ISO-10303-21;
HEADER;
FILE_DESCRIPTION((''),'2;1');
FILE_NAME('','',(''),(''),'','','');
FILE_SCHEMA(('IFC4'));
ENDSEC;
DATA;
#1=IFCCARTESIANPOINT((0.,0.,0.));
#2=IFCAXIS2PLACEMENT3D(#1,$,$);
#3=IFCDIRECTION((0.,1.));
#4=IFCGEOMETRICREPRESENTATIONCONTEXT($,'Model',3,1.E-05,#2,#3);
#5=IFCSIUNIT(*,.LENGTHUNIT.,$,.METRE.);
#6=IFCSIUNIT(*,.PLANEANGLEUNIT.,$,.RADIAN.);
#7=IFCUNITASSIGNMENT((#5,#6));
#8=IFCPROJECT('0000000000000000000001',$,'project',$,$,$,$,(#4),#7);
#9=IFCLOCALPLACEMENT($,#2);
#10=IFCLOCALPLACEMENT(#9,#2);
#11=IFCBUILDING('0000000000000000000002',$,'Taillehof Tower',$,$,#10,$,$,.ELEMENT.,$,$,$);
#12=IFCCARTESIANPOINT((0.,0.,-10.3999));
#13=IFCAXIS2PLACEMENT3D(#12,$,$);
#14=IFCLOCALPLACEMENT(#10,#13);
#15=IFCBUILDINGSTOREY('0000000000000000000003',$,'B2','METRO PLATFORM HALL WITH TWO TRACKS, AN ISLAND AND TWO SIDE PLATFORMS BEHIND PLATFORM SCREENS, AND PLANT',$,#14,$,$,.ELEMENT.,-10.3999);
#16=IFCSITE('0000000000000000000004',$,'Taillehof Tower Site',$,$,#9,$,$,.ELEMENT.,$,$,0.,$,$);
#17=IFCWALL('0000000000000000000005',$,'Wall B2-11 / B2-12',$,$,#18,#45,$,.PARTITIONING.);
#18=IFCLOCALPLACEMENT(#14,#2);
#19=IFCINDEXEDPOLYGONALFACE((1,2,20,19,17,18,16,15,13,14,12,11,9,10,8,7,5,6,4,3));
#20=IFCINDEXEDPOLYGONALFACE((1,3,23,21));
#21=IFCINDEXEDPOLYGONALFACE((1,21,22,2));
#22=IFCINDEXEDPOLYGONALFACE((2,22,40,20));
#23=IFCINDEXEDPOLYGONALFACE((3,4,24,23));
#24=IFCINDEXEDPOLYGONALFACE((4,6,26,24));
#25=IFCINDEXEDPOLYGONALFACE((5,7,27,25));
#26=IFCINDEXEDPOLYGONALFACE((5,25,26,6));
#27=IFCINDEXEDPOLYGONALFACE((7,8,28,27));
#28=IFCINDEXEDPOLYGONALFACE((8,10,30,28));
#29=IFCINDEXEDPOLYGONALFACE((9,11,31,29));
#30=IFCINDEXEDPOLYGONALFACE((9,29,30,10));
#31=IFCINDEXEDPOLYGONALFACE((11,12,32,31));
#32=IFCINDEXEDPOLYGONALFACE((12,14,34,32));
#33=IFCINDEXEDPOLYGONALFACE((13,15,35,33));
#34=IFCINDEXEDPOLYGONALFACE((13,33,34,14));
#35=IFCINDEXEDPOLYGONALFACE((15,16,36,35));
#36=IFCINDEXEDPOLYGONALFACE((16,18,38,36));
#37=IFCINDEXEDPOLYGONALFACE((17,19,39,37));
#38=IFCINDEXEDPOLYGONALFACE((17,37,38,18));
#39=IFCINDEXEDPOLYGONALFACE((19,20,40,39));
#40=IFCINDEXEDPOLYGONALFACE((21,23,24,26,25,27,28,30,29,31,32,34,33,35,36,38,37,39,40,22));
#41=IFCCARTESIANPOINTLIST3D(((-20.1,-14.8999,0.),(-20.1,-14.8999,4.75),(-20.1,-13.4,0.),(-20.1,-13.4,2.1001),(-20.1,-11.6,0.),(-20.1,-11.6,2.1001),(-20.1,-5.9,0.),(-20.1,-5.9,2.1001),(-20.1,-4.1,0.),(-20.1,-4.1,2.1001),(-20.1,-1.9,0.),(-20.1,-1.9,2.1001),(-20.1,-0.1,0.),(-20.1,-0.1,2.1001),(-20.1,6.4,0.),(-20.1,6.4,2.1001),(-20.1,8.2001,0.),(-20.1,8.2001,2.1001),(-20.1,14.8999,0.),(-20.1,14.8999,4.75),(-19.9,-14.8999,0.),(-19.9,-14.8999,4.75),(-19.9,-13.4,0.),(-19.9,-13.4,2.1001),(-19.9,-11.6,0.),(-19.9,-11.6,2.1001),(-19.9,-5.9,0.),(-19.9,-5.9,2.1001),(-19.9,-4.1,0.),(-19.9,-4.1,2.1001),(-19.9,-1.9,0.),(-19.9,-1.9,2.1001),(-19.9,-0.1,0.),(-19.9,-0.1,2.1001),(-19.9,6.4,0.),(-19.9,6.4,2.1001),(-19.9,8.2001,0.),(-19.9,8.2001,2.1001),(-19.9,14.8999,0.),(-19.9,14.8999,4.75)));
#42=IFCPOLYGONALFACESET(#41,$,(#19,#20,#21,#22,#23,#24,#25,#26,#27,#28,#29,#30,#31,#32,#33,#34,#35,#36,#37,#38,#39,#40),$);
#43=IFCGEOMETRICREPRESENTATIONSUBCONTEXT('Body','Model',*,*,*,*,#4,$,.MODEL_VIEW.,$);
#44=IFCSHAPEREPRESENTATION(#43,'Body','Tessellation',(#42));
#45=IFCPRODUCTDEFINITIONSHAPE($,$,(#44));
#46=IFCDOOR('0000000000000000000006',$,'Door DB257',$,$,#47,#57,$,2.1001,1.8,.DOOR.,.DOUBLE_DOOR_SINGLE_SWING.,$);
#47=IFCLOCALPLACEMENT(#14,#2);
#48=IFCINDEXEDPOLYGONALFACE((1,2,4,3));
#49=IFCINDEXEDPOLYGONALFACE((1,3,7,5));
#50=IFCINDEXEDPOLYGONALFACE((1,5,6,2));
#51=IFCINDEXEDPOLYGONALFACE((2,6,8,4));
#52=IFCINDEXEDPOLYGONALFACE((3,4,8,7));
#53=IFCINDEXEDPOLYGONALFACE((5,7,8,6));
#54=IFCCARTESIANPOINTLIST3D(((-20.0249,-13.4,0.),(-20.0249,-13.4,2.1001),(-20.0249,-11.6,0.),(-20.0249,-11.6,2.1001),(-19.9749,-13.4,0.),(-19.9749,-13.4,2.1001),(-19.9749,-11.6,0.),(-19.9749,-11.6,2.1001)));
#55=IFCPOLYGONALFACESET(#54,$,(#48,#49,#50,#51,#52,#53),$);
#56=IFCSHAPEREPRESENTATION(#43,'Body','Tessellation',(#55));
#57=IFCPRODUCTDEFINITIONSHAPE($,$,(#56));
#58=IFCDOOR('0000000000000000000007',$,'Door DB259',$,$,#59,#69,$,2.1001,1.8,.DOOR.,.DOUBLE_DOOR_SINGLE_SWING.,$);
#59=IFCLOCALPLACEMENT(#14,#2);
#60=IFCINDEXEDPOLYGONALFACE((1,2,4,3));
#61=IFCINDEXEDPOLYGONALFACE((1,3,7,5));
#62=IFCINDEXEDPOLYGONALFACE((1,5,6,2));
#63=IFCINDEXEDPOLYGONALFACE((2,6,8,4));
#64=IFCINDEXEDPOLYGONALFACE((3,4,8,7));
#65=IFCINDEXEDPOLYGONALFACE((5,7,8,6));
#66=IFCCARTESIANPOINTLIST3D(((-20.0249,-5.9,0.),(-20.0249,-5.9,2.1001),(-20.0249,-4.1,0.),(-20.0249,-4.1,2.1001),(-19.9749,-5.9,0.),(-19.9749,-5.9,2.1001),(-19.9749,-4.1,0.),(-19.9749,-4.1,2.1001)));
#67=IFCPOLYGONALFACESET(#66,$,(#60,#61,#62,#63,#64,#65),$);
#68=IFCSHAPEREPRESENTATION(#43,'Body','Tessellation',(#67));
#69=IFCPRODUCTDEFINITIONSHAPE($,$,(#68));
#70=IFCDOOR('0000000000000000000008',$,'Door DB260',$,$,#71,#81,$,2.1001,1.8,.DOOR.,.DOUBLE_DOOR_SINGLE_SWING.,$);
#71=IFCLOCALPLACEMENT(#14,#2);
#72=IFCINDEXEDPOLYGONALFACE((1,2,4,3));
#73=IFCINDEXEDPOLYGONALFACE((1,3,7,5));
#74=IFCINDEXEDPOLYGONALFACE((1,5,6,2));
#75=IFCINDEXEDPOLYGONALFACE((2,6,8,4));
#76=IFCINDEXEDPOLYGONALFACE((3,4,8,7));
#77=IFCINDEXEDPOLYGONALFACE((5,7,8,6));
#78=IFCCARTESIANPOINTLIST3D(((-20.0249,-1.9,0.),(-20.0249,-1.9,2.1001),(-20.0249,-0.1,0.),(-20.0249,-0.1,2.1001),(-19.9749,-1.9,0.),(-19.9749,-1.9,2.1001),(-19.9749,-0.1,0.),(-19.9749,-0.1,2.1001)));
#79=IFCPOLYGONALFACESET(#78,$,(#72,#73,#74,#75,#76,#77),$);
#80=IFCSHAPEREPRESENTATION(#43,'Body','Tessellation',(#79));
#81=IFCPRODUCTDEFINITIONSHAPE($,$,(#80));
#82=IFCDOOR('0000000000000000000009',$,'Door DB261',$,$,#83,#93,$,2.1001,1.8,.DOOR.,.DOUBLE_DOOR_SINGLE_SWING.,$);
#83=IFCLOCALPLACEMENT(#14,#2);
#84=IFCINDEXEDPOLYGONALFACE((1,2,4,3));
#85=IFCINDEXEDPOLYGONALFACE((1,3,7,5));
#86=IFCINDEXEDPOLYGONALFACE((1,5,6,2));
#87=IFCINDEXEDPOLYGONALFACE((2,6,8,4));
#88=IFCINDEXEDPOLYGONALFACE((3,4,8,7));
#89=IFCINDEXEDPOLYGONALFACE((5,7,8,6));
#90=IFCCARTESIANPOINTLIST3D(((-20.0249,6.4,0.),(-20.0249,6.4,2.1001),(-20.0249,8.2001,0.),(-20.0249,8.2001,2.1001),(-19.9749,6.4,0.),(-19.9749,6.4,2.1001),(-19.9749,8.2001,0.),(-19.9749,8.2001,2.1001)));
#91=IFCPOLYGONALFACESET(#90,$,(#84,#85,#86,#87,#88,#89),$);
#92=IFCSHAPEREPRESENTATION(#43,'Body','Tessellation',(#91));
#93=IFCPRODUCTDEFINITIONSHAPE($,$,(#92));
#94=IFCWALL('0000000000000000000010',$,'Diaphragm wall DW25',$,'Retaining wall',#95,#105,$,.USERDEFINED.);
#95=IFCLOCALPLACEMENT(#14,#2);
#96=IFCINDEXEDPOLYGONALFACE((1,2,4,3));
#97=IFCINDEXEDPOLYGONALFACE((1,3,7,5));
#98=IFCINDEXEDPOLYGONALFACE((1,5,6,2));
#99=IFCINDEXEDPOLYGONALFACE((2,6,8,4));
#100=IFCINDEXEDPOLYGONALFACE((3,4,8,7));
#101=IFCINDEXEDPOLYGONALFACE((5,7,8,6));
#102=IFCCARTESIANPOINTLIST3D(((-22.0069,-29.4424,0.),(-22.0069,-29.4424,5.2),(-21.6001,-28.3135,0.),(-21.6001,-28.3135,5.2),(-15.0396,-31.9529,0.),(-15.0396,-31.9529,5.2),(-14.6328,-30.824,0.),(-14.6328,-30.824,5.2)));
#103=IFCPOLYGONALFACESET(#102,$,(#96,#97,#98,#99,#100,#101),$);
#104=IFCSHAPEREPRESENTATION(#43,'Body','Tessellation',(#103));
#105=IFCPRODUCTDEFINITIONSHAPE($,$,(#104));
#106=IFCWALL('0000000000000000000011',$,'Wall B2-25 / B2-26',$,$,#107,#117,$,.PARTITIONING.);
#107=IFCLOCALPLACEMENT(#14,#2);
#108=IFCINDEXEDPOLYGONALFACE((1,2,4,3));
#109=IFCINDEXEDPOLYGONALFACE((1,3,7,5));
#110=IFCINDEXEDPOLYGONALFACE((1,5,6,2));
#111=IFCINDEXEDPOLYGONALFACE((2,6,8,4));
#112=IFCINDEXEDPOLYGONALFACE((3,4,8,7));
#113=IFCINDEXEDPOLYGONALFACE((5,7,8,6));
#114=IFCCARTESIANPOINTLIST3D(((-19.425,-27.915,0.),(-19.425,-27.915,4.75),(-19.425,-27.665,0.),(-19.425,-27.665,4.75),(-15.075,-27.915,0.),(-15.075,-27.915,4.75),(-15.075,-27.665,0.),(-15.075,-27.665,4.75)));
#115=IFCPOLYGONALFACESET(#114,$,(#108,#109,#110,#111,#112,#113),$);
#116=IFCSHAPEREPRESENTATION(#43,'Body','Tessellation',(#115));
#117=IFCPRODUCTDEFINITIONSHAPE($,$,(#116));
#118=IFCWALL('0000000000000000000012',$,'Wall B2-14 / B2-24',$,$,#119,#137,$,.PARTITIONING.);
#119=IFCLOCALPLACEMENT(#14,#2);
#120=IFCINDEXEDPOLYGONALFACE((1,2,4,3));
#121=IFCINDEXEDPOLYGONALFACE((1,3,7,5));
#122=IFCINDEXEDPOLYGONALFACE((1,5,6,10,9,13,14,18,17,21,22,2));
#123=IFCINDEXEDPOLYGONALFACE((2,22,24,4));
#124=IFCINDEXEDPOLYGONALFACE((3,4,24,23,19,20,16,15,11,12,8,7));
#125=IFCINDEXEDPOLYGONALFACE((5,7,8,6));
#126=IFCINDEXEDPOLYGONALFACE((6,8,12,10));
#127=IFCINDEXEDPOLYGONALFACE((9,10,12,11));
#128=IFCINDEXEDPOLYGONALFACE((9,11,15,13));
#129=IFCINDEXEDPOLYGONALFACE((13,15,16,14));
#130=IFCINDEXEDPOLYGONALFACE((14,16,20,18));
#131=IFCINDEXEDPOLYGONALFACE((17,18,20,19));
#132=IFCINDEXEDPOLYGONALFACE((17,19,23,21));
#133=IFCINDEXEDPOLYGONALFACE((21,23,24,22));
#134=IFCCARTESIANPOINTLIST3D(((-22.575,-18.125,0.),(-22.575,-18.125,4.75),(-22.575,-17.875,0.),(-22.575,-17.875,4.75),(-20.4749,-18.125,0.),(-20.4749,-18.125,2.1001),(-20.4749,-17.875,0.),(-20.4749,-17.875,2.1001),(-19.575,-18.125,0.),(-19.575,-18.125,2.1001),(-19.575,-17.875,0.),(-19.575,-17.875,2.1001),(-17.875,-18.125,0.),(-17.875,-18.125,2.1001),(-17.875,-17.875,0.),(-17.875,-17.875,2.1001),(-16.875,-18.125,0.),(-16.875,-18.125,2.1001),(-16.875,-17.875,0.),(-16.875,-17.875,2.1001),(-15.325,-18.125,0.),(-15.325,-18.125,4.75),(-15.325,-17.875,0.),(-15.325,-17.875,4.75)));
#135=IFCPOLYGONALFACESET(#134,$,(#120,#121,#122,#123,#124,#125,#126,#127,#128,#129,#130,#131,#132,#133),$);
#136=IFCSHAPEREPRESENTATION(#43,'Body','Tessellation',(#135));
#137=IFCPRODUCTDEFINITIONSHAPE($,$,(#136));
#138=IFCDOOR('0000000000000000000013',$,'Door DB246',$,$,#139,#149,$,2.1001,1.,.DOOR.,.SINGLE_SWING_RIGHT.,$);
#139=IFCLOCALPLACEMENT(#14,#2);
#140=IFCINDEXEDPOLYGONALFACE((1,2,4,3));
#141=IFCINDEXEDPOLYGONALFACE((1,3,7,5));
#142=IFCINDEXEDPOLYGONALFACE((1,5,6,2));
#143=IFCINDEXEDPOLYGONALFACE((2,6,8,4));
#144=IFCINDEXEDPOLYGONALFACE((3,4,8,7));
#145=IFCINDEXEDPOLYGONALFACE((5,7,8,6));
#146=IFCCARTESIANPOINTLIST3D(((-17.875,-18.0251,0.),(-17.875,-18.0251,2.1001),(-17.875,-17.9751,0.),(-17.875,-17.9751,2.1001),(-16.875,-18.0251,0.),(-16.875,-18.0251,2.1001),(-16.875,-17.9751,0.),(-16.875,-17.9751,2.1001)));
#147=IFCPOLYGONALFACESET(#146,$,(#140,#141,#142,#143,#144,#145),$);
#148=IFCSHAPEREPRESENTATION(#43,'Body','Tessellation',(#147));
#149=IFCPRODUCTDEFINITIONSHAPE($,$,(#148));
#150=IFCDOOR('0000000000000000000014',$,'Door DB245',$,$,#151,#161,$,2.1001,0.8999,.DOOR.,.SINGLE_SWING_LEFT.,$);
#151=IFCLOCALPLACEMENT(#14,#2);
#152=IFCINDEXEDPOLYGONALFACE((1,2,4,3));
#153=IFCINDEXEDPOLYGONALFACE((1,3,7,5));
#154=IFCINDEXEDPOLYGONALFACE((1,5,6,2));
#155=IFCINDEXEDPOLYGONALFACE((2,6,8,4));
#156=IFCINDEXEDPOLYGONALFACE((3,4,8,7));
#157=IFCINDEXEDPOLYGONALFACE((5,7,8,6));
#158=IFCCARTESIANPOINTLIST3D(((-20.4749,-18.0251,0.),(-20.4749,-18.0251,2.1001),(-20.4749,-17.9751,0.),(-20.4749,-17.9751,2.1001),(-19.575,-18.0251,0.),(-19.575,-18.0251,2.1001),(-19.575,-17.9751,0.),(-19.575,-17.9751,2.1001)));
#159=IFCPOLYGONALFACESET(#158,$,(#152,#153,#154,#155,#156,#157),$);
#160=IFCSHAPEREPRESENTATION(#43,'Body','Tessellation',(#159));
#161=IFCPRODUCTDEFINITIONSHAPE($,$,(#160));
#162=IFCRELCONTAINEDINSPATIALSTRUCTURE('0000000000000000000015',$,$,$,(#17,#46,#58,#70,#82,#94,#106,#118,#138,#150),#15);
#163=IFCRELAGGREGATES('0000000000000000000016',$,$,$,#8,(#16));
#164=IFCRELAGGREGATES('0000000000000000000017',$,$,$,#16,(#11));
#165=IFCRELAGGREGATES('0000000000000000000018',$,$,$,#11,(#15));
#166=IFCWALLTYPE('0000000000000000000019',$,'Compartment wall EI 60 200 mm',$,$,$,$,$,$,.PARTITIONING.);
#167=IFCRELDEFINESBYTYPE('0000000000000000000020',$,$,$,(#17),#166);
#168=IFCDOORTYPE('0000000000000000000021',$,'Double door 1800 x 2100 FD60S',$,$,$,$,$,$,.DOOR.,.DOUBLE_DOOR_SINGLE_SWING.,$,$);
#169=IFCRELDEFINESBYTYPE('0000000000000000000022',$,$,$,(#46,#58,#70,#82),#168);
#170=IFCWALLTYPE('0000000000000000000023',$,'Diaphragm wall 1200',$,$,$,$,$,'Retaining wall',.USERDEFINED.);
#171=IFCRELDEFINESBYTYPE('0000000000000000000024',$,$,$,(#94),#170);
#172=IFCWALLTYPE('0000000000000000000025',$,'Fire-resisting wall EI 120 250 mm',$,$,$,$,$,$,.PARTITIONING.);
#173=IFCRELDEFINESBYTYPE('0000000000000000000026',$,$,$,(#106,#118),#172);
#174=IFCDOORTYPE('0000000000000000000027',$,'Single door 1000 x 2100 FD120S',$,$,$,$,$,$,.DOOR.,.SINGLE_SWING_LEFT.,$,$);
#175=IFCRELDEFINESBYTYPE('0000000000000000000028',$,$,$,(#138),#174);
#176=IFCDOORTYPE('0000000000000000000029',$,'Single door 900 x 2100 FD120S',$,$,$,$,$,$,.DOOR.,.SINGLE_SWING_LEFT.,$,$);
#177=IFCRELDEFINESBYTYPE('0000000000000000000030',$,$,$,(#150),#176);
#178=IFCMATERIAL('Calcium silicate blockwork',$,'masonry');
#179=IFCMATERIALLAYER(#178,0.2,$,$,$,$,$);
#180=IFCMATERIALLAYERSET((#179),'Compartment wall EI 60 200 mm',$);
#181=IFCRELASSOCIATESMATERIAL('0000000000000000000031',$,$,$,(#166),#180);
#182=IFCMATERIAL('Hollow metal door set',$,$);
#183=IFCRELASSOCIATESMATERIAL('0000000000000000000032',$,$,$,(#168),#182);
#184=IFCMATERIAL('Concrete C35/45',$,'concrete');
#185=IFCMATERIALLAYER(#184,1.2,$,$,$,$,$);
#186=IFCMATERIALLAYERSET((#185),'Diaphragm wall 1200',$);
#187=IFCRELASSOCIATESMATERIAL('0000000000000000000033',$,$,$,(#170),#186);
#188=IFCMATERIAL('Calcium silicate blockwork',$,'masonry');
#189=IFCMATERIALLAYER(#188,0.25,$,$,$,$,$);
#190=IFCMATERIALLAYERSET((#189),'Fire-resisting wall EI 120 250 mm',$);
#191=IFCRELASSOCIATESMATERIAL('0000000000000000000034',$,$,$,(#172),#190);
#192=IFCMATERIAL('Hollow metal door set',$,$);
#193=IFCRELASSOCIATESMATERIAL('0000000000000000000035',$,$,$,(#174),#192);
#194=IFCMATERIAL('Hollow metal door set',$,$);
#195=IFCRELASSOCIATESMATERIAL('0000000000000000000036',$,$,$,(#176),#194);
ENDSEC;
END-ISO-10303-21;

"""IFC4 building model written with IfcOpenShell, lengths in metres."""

from ifc_helpers import new_model, si_unit, direction, frame, frame_2d, origin, place, context, subcontext, project, spatial, rectangle, extrude, material, layer, layer_set, type_object, element, fill, save


model = new_model("IFC4")

# Units and contexts
model_context = context("Model", 3, precision=1e-05, world=origin(), true_north=direction((0.0, 1.0)))
body_context = subcontext(model_context, "Body", "Model", "MODEL_VIEW")
ifc_project = project(units=[si_unit("LENGTHUNIT", "METRE"), si_unit("PLANEANGLEUNIT", "RADIAN")], contexts=[model_context])

# Site, building, storey
site_placement = place(None, origin())
site = spatial("IfcSite", under=ifc_project, at=site_placement, Name="Taillehof Tower Site", CompositionType="ELEMENT", RefElevation=0.0)
building_placement = place(site_placement, origin())
building = spatial("IfcBuilding", under=site, at=building_placement, Name="Taillehof Tower", CompositionType="ELEMENT")
storey_placement = place(building_placement, frame((0.0, 0.0, -10.3999)))
storey = spatial("IfcBuildingStorey", under=building, at=storey_placement, Name="B2", Description="METRO PLATFORM HALL WITH TWO TRACKS, AN ISLAND AND TWO SIDE PLATFORMS BEHIND PLATFORM SCREENS, AND PLANT", CompositionType="ELEMENT", Elevation=-10.3999)

# Shared definitions
ifc_material_1 = material(Name="Calcium silicate blockwork", Category="masonry")
ifc_layer_1 = layer(ifc_material_1, 0.2)
ifc_layer_set_1 = layer_set([ifc_layer_1], Name="Compartment wall EI 60 200 mm")
wall_type_1 = type_object("IfcWallType", Name="Compartment wall EI 60 200 mm", PredefinedType="PARTITIONING", material=ifc_layer_set_1)
ifc_material_2 = material(Name="Hollow metal door set")
door_type_1 = type_object("IfcDoorType", Name="Double door 1800 x 2100 FD60S", OperationType="DOUBLE_DOOR_SINGLE_SWING", PredefinedType="DOOR", material=ifc_material_2)

# Wall, openings, doors
wall_1_placement = place(storey_placement, frame((-20.0, -14.8999, 0.0), z_axis=(0.0, 0.0, 1.0), x_axis=(0.0, 1.0, 0.0)))
wall_1 = element("IfcWall", 1, at=wall_1_placement, inside=storey, type_object=wall_type_1, Name="Wall B2-11 / B2-12", PredefinedType="PARTITIONING", context=body_context, shape_type="SweptSolid", body=[
    extrude(rectangle(XDim=29.7998, YDim=0.2, at=frame_2d((14.8999, 0.0))), origin(), (0.0, 0.0, 1.0), 4.75),
])
opening_1_placement = place(wall_1_placement, frame((1.5, 0.0, 0.0)))
opening_1 = element("IfcOpeningElement", 2, at=opening_1_placement, cuts=wall_1, PredefinedType="OPENING", context=body_context, shape_type="SweptSolid", body=[
    extrude(rectangle(XDim=1.8, YDim=2.1001, at=frame_2d((0.8999, 1.05))), frame((0.0, 0.1099, 0.0), z_axis=(0.0, -1.0, 0.0), x_axis=(1.0, 0.0, 0.0)), (0.0, 0.0, 1.0), 0.22),
])
opening_2_placement = place(wall_1_placement, frame((9.0, 0.0, 0.0)))
opening_2 = element("IfcOpeningElement", 3, at=opening_2_placement, cuts=wall_1, PredefinedType="OPENING", context=body_context, shape_type="SweptSolid", body=[
    extrude(rectangle(XDim=1.8, YDim=2.1001, at=frame_2d((0.8999, 1.05))), frame((0.0, 0.1099, 0.0), z_axis=(0.0, -1.0, 0.0), x_axis=(1.0, 0.0, 0.0)), (0.0, 0.0, 1.0), 0.22),
])
opening_3_placement = place(wall_1_placement, frame((13.0, 0.0, 0.0)))
opening_3 = element("IfcOpeningElement", 4, at=opening_3_placement, cuts=wall_1, PredefinedType="OPENING", context=body_context, shape_type="SweptSolid", body=[
    extrude(rectangle(XDim=1.8, YDim=2.1001, at=frame_2d((0.8999, 1.05))), frame((0.0, 0.1099, 0.0), z_axis=(0.0, -1.0, 0.0), x_axis=(1.0, 0.0, 0.0)), (0.0, 0.0, 1.0), 0.22),
])
opening_4_placement = place(wall_1_placement, frame((21.3, 0.0, 0.0)))
opening_4 = element("IfcOpeningElement", 5, at=opening_4_placement, cuts=wall_1, PredefinedType="OPENING", context=body_context, shape_type="SweptSolid", body=[
    extrude(rectangle(XDim=1.8, YDim=2.1001, at=frame_2d((0.8999, 1.05))), frame((0.0, 0.1099, 0.0), z_axis=(0.0, -1.0, 0.0), x_axis=(1.0, 0.0, 0.0)), (0.0, 0.0, 1.0), 0.22),
])
door_1_placement = place(opening_1_placement, origin())
door_1 = element("IfcDoor", 6, at=door_1_placement, inside=storey, type_object=door_type_1, Name="Door DB257", OperationType="DOUBLE_DOOR_SINGLE_SWING", OverallHeight=2.1001, OverallWidth=1.8, PredefinedType="DOOR", context=body_context, shape_type="SweptSolid", body=[
    extrude(rectangle(XDim=1.8, YDim=2.1001, at=frame_2d((0.8999, 1.05))), frame((0.0, 0.0249, 0.0), z_axis=(0.0, -1.0, 0.0), x_axis=(1.0, 0.0, 0.0)), (0.0, 0.0, 1.0), 0.05),
])
fill(opening_1, door_1)
door_2_placement = place(opening_2_placement, origin())
door_2 = element("IfcDoor", 7, at=door_2_placement, inside=storey, type_object=door_type_1, Name="Door DB259", OperationType="DOUBLE_DOOR_SINGLE_SWING", OverallHeight=2.1001, OverallWidth=1.8, PredefinedType="DOOR", context=body_context, shape_type="SweptSolid", body=[
    extrude(rectangle(XDim=1.8, YDim=2.1001, at=frame_2d((0.8999, 1.05))), frame((0.0, 0.0249, 0.0), z_axis=(0.0, -1.0, 0.0), x_axis=(1.0, 0.0, 0.0)), (0.0, 0.0, 1.0), 0.05),
])
fill(opening_2, door_2)
door_3_placement = place(opening_3_placement, origin())
door_3 = element("IfcDoor", 8, at=door_3_placement, inside=storey, type_object=door_type_1, Name="Door DB260", OperationType="DOUBLE_DOOR_SINGLE_SWING", OverallHeight=2.1001, OverallWidth=1.8, PredefinedType="DOOR", context=body_context, shape_type="SweptSolid", body=[
    extrude(rectangle(XDim=1.8, YDim=2.1001, at=frame_2d((0.8999, 1.05))), frame((0.0, 0.0249, 0.0), z_axis=(0.0, -1.0, 0.0), x_axis=(1.0, 0.0, 0.0)), (0.0, 0.0, 1.0), 0.05),
])
fill(opening_3, door_3)
door_4_placement = place(opening_4_placement, origin())
door_4 = element("IfcDoor", 9, at=door_4_placement, inside=storey, type_object=door_type_1, Name="Door DB261", OperationType="DOUBLE_DOOR_SINGLE_SWING", OverallHeight=2.1001, OverallWidth=1.8, PredefinedType="DOOR", context=body_context, shape_type="SweptSolid", body=[
    extrude(rectangle(XDim=1.8, YDim=2.1001, at=frame_2d((0.8999, 1.05))), frame((0.0, 0.0249, 0.0), z_axis=(0.0, -1.0, 0.0), x_axis=(1.0, 0.0, 0.0)), (0.0, 0.0, 1.0), 0.05),
])
fill(opening_4, door_4)

# Walls
ifc_material_3 = material(Name="Concrete C35/45", Category="concrete")
ifc_layer_2 = layer(ifc_material_3, 1.2)
ifc_layer_set_2 = layer_set([ifc_layer_2], Name="Diaphragm wall 1200")
wall_type_2 = type_object("IfcWallType", Name="Diaphragm wall 1200", ElementType="Retaining wall", PredefinedType="USERDEFINED", material=ifc_layer_set_2)
wall_2_placement = place(storey_placement, frame((-21.8035, -28.8779, 0.0), z_axis=(0.0, 0.0, 1.0), x_axis=(0.940789, -0.338991, 0.0)))
element("IfcWall", 10, at=wall_2_placement, inside=storey, type_object=wall_type_2, Name="Diaphragm wall DW25", ObjectType="Retaining wall", PredefinedType="USERDEFINED", context=body_context, shape_type="SweptSolid", body=[
    extrude(rectangle(XDim=7.4058, YDim=1.2, at=frame_2d((3.7029, 0.0))), origin(), (0.0, 0.0, 1.0), 5.2),
])
ifc_material_4 = material(Name="Calcium silicate blockwork", Category="masonry")
ifc_layer_3 = layer(ifc_material_4, 0.25)
ifc_layer_set_3 = layer_set([ifc_layer_3], Name="Fire-resisting wall EI 120 250 mm")
wall_type_3 = type_object("IfcWallType", Name="Fire-resisting wall EI 120 250 mm", PredefinedType="PARTITIONING", material=ifc_layer_set_3)
wall_3_placement = place(storey_placement, frame((-19.425, -27.79, 0.0), z_axis=(0.0, 0.0, 1.0), x_axis=(1.0, 0.0, 0.0)))
element("IfcWall", 11, at=wall_3_placement, inside=storey, type_object=wall_type_3, Name="Wall B2-25 / B2-26", PredefinedType="PARTITIONING", context=body_context, shape_type="SweptSolid", body=[
    extrude(rectangle(XDim=4.3501, YDim=0.25, at=frame_2d((2.175, 0.0))), origin(), (0.0, 0.0, 1.0), 4.75),
])

# Wall, openings, doors
wall_4_placement = place(storey_placement, frame((-22.575, -18.0, 0.0), z_axis=(0.0, 0.0, 1.0), x_axis=(1.0, 0.0, 0.0)))
wall_4 = element("IfcWall", 12, at=wall_4_placement, inside=storey, type_object=wall_type_3, Name="Wall B2-14 / B2-24", PredefinedType="PARTITIONING", context=body_context, shape_type="SweptSolid", body=[
    extrude(rectangle(XDim=7.25, YDim=0.25, at=frame_2d((3.625, 0.0))), origin(), (0.0, 0.0, 1.0), 4.75),
])
opening_5_placement = place(wall_4_placement, frame((2.1001, 0.0, 0.0)))
opening_5 = element("IfcOpeningElement", 13, at=opening_5_placement, cuts=wall_4, PredefinedType="OPENING", context=body_context, shape_type="SweptSolid", body=[
    extrude(rectangle(XDim=0.8999, YDim=2.1001, at=frame_2d((0.45, 1.05))), frame((0.0, 0.135, 0.0), z_axis=(0.0, -1.0, 0.0), x_axis=(1.0, 0.0, 0.0)), (0.0, 0.0, 1.0), 0.27),
])
opening_6_placement = place(wall_4_placement, frame((4.7, 0.0, 0.0)))
opening_6 = element("IfcOpeningElement", 14, at=opening_6_placement, cuts=wall_4, PredefinedType="OPENING", context=body_context, shape_type="SweptSolid", body=[
    extrude(rectangle(XDim=1.0, YDim=2.1001, at=frame_2d((0.5, 1.05))), frame((0.0, 0.135, 0.0), z_axis=(0.0, -1.0, 0.0), x_axis=(1.0, 0.0, 0.0)), (0.0, 0.0, 1.0), 0.27),
])
ifc_material_5 = material(Name="Hollow metal door set")
door_type_2 = type_object("IfcDoorType", Name="Single door 1000 x 2100 FD120S", OperationType="SINGLE_SWING_LEFT", PredefinedType="DOOR", material=ifc_material_5)
door_5_placement = place(opening_6_placement, origin())
door_5 = element("IfcDoor", 15, at=door_5_placement, inside=storey, type_object=door_type_2, Name="Door DB246", OperationType="SINGLE_SWING_RIGHT", OverallHeight=2.1001, OverallWidth=1.0, PredefinedType="DOOR", context=body_context, shape_type="SweptSolid", body=[
    extrude(rectangle(XDim=1.0, YDim=2.1001, at=frame_2d((0.5, 1.05))), frame((0.0, 0.0249, 0.0), z_axis=(0.0, -1.0, 0.0), x_axis=(1.0, 0.0, 0.0)), (0.0, 0.0, 1.0), 0.05),
])
fill(opening_6, door_5)
ifc_material_6 = material(Name="Hollow metal door set")
door_type_3 = type_object("IfcDoorType", Name="Single door 900 x 2100 FD120S", OperationType="SINGLE_SWING_LEFT", PredefinedType="DOOR", material=ifc_material_6)
door_6_placement = place(opening_5_placement, origin())
door_6 = element("IfcDoor", 16, at=door_6_placement, inside=storey, type_object=door_type_3, Name="Door DB245", OperationType="SINGLE_SWING_LEFT", OverallHeight=2.1001, OverallWidth=0.8999, PredefinedType="DOOR", context=body_context, shape_type="SweptSolid", body=[
    extrude(rectangle(XDim=0.8999, YDim=2.1001, at=frame_2d((0.45, 1.05))), frame((0.0, 0.0249, 0.0), z_axis=(0.0, -1.0, 0.0), x_axis=(1.0, 0.0, 0.0)), (0.0, 0.0, 1.0), 0.05),
])
fill(opening_5, door_6)

save(model, "model.ifc")
